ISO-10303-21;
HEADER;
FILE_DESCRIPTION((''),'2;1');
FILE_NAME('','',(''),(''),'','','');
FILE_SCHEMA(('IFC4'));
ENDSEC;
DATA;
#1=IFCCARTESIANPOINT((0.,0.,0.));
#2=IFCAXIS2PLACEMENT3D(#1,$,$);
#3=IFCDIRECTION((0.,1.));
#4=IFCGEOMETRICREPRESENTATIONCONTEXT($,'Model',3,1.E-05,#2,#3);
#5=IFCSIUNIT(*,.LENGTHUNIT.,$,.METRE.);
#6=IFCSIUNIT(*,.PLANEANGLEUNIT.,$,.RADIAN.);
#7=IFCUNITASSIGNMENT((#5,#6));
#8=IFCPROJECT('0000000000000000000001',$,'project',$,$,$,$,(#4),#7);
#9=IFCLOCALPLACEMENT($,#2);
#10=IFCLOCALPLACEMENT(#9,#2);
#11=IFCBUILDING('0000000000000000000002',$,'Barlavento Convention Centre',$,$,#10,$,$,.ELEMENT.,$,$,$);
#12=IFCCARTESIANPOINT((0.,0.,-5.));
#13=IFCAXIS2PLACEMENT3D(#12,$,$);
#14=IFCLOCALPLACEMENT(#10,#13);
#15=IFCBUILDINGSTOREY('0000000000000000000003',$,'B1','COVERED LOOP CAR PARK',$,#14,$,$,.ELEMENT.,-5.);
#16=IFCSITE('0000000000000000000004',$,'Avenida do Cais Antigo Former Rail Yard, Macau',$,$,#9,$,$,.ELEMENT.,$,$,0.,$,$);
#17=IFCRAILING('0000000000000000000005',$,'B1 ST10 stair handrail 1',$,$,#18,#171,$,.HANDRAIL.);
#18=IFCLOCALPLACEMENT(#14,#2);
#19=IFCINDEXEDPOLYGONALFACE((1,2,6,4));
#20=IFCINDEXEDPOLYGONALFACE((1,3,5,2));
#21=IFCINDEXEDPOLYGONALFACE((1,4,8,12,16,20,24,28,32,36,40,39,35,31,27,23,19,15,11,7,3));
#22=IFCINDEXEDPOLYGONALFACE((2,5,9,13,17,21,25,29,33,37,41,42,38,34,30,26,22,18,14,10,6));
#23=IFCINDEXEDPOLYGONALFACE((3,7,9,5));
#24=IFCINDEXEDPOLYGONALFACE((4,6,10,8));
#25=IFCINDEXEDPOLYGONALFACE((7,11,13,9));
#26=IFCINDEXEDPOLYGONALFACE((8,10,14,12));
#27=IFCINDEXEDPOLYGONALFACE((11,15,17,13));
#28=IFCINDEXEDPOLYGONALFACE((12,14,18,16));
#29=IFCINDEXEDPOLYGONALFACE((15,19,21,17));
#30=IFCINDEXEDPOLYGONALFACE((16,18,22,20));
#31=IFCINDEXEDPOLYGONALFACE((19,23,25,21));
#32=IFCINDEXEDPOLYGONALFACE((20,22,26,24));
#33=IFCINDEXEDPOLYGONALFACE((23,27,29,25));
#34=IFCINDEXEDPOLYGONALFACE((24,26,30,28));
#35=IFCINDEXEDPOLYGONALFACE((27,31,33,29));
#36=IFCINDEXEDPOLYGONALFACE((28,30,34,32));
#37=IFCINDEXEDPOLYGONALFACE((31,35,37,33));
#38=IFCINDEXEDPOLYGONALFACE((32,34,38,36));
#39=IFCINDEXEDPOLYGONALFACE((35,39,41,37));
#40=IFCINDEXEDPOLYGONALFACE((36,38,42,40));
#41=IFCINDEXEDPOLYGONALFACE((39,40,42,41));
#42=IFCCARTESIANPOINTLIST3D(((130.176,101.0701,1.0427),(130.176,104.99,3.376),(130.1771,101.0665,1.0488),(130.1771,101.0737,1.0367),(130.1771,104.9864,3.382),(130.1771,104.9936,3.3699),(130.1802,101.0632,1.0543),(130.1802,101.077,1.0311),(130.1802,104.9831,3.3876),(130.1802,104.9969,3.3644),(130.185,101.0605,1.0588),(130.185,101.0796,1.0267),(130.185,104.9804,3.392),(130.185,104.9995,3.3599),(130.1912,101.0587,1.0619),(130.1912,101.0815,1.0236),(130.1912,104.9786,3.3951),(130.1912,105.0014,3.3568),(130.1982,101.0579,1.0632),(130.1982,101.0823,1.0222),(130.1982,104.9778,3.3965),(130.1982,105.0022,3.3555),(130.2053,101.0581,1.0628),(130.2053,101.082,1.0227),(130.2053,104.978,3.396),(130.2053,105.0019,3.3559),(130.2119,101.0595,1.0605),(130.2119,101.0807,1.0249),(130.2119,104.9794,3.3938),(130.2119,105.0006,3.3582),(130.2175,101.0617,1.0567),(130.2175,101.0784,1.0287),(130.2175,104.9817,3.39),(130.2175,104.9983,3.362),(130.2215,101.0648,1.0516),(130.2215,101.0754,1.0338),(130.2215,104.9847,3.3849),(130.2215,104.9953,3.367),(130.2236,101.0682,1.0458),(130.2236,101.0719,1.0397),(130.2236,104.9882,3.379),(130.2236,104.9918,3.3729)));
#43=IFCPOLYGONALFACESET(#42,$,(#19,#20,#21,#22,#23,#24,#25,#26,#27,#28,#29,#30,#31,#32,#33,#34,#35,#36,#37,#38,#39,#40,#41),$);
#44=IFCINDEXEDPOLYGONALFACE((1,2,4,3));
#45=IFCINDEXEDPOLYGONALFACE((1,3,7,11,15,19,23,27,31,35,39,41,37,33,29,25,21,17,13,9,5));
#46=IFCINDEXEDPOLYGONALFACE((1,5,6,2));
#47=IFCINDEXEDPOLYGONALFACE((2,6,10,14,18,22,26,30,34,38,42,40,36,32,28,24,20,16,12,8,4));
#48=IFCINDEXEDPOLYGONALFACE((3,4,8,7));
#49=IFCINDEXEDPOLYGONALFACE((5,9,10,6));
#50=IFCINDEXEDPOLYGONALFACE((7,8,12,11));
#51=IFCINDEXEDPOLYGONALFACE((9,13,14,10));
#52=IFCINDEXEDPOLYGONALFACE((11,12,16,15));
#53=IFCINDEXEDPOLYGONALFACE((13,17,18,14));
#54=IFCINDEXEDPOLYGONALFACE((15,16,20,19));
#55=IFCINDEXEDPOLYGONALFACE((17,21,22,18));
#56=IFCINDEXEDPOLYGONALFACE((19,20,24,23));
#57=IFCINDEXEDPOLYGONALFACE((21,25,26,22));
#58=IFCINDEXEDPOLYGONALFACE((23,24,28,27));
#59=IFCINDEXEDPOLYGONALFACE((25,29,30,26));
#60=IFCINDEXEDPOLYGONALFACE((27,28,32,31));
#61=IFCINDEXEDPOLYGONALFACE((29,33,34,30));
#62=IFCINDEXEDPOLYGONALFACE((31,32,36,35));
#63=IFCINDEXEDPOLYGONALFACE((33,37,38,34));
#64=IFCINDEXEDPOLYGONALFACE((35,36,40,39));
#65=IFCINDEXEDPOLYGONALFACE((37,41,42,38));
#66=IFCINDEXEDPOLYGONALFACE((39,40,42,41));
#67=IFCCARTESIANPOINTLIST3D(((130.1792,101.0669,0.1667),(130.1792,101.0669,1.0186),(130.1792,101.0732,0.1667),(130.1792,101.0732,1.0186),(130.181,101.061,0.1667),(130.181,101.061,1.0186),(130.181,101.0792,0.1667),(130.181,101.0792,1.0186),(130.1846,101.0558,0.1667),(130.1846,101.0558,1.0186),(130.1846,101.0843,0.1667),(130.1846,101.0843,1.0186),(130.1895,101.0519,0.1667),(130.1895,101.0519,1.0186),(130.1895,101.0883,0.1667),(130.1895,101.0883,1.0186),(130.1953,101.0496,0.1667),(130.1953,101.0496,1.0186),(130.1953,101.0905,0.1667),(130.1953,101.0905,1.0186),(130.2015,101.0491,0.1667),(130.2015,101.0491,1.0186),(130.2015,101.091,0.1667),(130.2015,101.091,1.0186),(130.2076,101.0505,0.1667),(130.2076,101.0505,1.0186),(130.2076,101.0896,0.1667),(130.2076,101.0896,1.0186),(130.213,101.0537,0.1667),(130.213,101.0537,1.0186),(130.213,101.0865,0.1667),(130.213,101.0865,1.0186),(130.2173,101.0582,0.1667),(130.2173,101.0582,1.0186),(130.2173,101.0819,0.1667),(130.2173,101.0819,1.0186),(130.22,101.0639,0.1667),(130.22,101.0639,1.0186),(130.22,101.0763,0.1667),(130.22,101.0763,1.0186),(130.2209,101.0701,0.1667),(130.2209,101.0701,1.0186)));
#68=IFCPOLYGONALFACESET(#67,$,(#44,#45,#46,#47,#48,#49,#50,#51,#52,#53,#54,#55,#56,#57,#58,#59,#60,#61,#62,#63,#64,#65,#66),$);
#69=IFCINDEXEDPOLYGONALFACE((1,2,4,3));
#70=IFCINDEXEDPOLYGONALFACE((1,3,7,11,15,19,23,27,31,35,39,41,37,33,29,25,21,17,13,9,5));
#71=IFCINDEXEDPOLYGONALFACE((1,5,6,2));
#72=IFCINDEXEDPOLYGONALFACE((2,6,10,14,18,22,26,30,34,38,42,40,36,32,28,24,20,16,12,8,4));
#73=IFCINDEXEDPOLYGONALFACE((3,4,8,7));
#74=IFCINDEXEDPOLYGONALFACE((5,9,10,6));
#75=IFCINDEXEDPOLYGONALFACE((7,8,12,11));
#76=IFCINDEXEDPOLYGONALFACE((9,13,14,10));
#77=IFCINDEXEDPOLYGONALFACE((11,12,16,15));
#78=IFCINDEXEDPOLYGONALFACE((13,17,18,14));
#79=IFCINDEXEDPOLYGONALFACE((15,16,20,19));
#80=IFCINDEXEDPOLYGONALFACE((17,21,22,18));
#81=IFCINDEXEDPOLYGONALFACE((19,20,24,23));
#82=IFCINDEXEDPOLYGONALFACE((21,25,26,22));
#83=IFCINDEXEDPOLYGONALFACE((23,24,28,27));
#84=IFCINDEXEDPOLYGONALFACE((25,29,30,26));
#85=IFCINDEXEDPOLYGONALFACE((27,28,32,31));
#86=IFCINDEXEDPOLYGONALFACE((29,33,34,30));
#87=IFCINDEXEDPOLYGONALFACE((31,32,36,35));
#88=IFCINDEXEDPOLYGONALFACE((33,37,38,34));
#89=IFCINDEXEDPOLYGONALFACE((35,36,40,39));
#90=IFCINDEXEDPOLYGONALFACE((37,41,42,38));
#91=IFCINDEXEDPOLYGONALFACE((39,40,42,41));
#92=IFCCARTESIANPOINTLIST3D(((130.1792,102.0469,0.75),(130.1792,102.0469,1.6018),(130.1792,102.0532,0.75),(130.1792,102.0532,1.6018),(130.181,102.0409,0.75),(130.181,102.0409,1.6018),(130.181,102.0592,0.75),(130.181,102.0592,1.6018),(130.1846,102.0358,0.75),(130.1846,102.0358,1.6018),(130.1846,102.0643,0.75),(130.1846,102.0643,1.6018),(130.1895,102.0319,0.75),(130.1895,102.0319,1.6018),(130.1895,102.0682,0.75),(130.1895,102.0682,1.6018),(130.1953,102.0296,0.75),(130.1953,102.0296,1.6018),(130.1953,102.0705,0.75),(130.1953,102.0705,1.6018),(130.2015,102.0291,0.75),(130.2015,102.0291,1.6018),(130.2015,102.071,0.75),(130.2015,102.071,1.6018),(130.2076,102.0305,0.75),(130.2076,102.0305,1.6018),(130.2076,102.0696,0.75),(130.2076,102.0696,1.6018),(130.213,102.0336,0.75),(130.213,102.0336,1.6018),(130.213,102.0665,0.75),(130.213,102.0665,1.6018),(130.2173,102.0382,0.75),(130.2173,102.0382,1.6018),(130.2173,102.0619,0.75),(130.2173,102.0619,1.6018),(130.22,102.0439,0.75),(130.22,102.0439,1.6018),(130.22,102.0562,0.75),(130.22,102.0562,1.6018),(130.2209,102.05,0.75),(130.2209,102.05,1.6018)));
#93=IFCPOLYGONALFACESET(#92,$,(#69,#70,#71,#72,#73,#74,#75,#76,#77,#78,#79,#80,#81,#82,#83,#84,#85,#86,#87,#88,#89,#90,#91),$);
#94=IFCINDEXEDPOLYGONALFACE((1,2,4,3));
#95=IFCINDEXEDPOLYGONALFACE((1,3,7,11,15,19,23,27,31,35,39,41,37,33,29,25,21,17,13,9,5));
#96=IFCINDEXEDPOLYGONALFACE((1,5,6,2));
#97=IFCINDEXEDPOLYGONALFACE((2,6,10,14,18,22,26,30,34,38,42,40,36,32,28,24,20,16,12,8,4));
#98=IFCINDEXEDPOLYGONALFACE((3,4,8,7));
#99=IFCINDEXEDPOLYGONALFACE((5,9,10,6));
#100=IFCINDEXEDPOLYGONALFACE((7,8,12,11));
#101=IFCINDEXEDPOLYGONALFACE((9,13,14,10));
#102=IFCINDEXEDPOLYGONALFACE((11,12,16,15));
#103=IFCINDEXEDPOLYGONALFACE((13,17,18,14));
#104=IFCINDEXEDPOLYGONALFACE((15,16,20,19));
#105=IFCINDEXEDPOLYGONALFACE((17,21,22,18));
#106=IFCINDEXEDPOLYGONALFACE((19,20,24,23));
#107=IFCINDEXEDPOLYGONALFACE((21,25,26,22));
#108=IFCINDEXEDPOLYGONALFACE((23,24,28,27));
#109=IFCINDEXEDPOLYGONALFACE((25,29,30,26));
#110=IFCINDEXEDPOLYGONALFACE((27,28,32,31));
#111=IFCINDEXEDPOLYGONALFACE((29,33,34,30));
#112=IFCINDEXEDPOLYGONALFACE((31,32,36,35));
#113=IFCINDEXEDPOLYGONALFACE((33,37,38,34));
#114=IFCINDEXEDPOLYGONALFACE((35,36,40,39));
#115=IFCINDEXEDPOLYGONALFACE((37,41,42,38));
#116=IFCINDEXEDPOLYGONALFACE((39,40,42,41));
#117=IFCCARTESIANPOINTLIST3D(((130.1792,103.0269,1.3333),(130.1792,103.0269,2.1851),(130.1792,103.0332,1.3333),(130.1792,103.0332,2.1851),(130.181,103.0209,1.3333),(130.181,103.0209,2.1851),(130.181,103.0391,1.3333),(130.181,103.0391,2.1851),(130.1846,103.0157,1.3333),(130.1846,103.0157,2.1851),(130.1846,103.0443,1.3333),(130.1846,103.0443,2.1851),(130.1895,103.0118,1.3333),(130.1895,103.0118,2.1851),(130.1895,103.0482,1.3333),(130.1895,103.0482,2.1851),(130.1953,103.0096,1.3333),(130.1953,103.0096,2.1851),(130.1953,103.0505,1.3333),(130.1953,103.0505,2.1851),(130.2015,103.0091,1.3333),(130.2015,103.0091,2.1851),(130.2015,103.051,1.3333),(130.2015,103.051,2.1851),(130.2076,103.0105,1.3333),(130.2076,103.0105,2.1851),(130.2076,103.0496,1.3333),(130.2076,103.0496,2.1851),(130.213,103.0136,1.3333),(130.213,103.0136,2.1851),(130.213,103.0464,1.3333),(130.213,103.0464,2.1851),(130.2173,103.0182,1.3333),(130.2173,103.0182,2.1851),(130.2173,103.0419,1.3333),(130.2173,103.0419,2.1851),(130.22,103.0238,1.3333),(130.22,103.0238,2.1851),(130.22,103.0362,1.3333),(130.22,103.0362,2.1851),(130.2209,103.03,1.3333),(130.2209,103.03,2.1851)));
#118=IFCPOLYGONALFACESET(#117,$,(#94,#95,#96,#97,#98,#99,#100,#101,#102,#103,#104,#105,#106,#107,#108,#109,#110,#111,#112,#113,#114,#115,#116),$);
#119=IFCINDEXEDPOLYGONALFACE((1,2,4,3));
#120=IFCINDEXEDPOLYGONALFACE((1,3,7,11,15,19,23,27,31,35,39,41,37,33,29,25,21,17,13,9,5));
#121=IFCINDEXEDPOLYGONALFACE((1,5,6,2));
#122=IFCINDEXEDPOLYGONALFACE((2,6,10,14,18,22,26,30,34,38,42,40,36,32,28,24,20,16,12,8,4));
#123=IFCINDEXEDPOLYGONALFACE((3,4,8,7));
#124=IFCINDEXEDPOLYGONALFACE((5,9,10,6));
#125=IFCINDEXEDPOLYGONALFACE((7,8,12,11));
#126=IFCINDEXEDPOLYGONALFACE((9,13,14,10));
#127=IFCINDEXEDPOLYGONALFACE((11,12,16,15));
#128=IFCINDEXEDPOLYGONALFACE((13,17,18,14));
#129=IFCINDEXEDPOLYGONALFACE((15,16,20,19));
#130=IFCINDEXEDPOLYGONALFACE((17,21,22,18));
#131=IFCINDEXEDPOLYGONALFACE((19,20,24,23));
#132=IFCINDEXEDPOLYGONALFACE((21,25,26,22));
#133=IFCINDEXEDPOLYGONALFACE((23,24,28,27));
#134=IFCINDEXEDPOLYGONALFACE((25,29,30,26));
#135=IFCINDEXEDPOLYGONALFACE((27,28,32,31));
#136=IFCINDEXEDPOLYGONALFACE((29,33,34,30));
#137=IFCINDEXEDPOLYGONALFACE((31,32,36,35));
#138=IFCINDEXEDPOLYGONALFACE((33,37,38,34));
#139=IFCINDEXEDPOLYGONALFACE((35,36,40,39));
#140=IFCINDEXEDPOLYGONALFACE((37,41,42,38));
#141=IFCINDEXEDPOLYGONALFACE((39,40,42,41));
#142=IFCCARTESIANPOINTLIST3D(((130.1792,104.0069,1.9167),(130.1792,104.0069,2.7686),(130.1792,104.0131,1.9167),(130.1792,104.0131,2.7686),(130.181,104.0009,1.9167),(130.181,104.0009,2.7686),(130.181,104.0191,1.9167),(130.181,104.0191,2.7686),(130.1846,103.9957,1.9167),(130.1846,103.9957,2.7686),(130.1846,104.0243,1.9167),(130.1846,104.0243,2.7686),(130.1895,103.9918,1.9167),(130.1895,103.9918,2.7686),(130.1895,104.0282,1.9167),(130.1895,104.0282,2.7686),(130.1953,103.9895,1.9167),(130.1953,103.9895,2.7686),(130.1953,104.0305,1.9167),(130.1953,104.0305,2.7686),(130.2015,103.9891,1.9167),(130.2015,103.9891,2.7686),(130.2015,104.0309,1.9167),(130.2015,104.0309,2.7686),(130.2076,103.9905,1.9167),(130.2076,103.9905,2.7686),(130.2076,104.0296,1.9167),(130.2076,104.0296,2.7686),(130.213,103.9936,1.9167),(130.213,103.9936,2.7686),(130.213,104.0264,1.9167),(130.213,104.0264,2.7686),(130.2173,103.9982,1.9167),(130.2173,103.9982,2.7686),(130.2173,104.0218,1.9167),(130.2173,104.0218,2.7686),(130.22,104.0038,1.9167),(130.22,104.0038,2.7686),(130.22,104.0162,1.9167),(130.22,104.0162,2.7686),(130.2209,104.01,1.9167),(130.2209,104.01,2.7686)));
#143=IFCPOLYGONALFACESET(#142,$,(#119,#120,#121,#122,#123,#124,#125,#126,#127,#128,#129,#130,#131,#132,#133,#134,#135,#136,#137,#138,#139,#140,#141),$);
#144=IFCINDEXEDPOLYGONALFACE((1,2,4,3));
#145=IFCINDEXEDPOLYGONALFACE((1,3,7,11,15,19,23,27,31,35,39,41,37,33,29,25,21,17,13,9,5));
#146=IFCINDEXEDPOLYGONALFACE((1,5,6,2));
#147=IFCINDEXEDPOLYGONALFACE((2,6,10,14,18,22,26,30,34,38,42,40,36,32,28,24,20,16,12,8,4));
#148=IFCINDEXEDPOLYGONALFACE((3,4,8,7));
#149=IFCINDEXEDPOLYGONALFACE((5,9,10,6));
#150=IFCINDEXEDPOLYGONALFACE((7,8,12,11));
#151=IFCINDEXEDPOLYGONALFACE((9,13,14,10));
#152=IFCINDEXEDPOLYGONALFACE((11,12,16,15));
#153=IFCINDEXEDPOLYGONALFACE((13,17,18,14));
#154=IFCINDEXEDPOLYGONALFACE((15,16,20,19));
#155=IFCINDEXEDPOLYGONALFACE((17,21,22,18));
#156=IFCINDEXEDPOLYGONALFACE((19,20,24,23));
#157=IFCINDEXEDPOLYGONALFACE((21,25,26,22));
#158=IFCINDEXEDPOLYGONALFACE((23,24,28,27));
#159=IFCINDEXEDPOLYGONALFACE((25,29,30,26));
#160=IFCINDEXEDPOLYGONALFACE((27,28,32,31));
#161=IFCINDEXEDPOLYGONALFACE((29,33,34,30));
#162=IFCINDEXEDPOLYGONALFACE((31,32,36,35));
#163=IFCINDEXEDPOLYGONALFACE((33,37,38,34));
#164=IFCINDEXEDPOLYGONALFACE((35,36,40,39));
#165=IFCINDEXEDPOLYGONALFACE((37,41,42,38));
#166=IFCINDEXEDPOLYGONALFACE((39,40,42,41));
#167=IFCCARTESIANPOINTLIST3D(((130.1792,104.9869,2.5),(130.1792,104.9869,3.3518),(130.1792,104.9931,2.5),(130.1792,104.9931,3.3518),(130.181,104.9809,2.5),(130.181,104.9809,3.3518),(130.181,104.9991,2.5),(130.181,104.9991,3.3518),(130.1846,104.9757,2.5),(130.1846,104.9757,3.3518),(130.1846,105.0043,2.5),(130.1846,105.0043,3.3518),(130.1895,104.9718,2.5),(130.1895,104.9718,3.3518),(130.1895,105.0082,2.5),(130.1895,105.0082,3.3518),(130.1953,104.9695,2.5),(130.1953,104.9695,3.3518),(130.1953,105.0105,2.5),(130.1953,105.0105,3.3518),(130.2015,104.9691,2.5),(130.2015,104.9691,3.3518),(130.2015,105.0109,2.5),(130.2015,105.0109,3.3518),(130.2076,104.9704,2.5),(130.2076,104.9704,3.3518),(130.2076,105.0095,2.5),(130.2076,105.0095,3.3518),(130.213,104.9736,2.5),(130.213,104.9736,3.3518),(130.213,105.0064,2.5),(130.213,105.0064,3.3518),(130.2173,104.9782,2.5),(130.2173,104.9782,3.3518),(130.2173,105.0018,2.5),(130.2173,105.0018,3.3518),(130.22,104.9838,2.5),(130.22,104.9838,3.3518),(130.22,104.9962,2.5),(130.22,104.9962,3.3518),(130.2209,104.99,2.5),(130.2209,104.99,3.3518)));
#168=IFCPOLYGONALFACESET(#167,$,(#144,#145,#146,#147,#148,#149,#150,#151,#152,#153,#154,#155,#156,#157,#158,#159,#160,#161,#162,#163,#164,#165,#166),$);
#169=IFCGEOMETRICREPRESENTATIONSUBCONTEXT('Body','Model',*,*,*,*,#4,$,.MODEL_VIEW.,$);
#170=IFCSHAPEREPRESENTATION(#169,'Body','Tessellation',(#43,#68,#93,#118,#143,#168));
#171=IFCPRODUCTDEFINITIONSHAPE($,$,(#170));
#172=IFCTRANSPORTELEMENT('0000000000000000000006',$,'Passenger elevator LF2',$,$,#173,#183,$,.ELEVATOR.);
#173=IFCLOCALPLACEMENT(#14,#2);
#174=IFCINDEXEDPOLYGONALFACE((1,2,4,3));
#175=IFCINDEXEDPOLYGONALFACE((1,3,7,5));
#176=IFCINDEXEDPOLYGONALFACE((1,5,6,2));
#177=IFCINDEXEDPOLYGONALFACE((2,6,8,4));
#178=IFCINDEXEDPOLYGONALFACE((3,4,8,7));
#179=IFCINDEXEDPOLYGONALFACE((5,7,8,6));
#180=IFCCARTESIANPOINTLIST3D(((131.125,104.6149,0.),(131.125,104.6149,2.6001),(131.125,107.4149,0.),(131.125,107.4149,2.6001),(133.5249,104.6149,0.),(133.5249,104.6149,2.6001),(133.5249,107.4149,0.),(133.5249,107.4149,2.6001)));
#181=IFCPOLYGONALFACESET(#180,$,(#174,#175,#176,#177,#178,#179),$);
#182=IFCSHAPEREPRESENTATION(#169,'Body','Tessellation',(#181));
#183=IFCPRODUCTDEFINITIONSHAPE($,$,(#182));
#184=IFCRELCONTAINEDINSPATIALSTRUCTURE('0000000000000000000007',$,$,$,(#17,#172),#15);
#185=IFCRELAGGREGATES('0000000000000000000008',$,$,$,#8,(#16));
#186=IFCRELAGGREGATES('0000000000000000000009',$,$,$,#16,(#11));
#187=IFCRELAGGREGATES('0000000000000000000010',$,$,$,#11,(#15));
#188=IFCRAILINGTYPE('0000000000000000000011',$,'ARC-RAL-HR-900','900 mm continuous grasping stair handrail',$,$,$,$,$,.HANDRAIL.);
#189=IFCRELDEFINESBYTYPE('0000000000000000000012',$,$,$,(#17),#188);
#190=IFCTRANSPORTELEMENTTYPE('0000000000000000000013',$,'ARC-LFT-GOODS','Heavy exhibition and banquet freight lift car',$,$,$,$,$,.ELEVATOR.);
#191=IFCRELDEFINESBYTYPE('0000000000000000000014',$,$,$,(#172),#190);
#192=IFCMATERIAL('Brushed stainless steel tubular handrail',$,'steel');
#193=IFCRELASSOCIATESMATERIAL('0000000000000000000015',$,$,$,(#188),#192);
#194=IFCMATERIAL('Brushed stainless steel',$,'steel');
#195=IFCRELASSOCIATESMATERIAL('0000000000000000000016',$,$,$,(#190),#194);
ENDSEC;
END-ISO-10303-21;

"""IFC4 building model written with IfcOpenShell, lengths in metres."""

from ifc_helpers import new_model, si_unit, direction, frame, origin, origin_2d, place, context, subcontext, project, spatial, rectangle, circle, extrude, material, type_object, element, save


model = new_model("IFC4")

# Units and contexts
model_context = context("Model", 3, precision=1e-05, world=origin(), true_north=direction((0.0, 1.0)))
body_context = subcontext(model_context, "Body", "Model", "MODEL_VIEW")
ifc_project = project(units=[si_unit("LENGTHUNIT", "METRE"), si_unit("PLANEANGLEUNIT", "RADIAN")], contexts=[model_context])

# Site, building, storey
site_placement = place(None, origin())
site = spatial("IfcSite", under=ifc_project, at=site_placement, Name="Avenida do Cais Antigo Former Rail Yard, Macau", CompositionType="ELEMENT", RefElevation=0.0)
building_placement = place(site_placement, origin())
building = spatial("IfcBuilding", under=site, at=building_placement, Name="Barlavento Convention Centre", CompositionType="ELEMENT")
storey_placement = place(building_placement, frame((0.0, 0.0, -5.0)))
storey = spatial("IfcBuildingStorey", under=building, at=storey_placement, Name="B1", Description="COVERED LOOP CAR PARK", CompositionType="ELEMENT", Elevation=-5.0)

# Shared definitions
ifc_material_1 = material(Name="Brushed stainless steel", Category="steel")

# Railing
ifc_material_2 = material(Name="Brushed stainless steel tubular handrail", Category="steel")
railing_type_1 = type_object("IfcRailingType", Name="ARC-RAL-HR-900", Description="900 mm continuous grasping stair handrail", PredefinedType="HANDRAIL", material=ifc_material_2)
railing_1_placement = place(storey_placement, frame((130.2, 101.0701, 0.1667)))
element("IfcRailing", 1, at=railing_1_placement, inside=storey, type_object=railing_type_1, Name="B1 ST10 stair handrail 1", PredefinedType="HANDRAIL", context=body_context, shape_type="SweptSolid", body=[
    extrude(circle(Radius=0.0239, at=origin_2d()), frame((0.0, 0.0, 0.876), z_axis=(0.0, 0.859296, 0.511478), x_axis=(-1.0, 0.0, 0.0)), (0.0, 0.0, 1.0), 4.5618),
    extrude(circle(Radius=0.021, at=origin_2d()), origin(), (0.0, 0.0, 1.0), 0.8518),
    extrude(circle(Radius=0.021, at=origin_2d()), frame((0.0, 0.98, 0.5833)), (0.0, 0.0, 1.0), 0.8518),
    extrude(circle(Radius=0.021, at=origin_2d()), frame((0.0, 1.96, 1.1665)), (0.0, 0.0, 1.0), 0.8518),
    extrude(circle(Radius=0.021, at=origin_2d()), frame((0.0, 2.9399, 1.75)), (0.0, 0.0, 1.0), 0.8518),
    extrude(circle(Radius=0.021, at=origin_2d()), frame((0.0, 3.9199, 2.3333)), (0.0, 0.0, 1.0), 0.8518),
])

# Transport element
transport_element_type = type_object("IfcTransportElementType", Name="ARC-LFT-GOODS", Description="Heavy exhibition and banquet freight lift car", PredefinedType="ELEVATOR", material=ifc_material_1)
transport_element_placement = place(storey_placement, frame((132.325, 106.0149, 0.0), z_axis=(0.0, 0.0, 1.0), x_axis=(1.0, 0.0, 0.0)))
element("IfcTransportElement", 2, at=transport_element_placement, inside=storey, type_object=transport_element_type, Name="Passenger elevator LF2", PredefinedType="ELEVATOR", context=body_context, shape_type="SweptSolid", body=[
    extrude(rectangle(XDim=2.3999, YDim=2.8, at=origin_2d()), origin(), (0.0, 0.0, 1.0), 2.6001),
])

save(model, "model.ifc")
